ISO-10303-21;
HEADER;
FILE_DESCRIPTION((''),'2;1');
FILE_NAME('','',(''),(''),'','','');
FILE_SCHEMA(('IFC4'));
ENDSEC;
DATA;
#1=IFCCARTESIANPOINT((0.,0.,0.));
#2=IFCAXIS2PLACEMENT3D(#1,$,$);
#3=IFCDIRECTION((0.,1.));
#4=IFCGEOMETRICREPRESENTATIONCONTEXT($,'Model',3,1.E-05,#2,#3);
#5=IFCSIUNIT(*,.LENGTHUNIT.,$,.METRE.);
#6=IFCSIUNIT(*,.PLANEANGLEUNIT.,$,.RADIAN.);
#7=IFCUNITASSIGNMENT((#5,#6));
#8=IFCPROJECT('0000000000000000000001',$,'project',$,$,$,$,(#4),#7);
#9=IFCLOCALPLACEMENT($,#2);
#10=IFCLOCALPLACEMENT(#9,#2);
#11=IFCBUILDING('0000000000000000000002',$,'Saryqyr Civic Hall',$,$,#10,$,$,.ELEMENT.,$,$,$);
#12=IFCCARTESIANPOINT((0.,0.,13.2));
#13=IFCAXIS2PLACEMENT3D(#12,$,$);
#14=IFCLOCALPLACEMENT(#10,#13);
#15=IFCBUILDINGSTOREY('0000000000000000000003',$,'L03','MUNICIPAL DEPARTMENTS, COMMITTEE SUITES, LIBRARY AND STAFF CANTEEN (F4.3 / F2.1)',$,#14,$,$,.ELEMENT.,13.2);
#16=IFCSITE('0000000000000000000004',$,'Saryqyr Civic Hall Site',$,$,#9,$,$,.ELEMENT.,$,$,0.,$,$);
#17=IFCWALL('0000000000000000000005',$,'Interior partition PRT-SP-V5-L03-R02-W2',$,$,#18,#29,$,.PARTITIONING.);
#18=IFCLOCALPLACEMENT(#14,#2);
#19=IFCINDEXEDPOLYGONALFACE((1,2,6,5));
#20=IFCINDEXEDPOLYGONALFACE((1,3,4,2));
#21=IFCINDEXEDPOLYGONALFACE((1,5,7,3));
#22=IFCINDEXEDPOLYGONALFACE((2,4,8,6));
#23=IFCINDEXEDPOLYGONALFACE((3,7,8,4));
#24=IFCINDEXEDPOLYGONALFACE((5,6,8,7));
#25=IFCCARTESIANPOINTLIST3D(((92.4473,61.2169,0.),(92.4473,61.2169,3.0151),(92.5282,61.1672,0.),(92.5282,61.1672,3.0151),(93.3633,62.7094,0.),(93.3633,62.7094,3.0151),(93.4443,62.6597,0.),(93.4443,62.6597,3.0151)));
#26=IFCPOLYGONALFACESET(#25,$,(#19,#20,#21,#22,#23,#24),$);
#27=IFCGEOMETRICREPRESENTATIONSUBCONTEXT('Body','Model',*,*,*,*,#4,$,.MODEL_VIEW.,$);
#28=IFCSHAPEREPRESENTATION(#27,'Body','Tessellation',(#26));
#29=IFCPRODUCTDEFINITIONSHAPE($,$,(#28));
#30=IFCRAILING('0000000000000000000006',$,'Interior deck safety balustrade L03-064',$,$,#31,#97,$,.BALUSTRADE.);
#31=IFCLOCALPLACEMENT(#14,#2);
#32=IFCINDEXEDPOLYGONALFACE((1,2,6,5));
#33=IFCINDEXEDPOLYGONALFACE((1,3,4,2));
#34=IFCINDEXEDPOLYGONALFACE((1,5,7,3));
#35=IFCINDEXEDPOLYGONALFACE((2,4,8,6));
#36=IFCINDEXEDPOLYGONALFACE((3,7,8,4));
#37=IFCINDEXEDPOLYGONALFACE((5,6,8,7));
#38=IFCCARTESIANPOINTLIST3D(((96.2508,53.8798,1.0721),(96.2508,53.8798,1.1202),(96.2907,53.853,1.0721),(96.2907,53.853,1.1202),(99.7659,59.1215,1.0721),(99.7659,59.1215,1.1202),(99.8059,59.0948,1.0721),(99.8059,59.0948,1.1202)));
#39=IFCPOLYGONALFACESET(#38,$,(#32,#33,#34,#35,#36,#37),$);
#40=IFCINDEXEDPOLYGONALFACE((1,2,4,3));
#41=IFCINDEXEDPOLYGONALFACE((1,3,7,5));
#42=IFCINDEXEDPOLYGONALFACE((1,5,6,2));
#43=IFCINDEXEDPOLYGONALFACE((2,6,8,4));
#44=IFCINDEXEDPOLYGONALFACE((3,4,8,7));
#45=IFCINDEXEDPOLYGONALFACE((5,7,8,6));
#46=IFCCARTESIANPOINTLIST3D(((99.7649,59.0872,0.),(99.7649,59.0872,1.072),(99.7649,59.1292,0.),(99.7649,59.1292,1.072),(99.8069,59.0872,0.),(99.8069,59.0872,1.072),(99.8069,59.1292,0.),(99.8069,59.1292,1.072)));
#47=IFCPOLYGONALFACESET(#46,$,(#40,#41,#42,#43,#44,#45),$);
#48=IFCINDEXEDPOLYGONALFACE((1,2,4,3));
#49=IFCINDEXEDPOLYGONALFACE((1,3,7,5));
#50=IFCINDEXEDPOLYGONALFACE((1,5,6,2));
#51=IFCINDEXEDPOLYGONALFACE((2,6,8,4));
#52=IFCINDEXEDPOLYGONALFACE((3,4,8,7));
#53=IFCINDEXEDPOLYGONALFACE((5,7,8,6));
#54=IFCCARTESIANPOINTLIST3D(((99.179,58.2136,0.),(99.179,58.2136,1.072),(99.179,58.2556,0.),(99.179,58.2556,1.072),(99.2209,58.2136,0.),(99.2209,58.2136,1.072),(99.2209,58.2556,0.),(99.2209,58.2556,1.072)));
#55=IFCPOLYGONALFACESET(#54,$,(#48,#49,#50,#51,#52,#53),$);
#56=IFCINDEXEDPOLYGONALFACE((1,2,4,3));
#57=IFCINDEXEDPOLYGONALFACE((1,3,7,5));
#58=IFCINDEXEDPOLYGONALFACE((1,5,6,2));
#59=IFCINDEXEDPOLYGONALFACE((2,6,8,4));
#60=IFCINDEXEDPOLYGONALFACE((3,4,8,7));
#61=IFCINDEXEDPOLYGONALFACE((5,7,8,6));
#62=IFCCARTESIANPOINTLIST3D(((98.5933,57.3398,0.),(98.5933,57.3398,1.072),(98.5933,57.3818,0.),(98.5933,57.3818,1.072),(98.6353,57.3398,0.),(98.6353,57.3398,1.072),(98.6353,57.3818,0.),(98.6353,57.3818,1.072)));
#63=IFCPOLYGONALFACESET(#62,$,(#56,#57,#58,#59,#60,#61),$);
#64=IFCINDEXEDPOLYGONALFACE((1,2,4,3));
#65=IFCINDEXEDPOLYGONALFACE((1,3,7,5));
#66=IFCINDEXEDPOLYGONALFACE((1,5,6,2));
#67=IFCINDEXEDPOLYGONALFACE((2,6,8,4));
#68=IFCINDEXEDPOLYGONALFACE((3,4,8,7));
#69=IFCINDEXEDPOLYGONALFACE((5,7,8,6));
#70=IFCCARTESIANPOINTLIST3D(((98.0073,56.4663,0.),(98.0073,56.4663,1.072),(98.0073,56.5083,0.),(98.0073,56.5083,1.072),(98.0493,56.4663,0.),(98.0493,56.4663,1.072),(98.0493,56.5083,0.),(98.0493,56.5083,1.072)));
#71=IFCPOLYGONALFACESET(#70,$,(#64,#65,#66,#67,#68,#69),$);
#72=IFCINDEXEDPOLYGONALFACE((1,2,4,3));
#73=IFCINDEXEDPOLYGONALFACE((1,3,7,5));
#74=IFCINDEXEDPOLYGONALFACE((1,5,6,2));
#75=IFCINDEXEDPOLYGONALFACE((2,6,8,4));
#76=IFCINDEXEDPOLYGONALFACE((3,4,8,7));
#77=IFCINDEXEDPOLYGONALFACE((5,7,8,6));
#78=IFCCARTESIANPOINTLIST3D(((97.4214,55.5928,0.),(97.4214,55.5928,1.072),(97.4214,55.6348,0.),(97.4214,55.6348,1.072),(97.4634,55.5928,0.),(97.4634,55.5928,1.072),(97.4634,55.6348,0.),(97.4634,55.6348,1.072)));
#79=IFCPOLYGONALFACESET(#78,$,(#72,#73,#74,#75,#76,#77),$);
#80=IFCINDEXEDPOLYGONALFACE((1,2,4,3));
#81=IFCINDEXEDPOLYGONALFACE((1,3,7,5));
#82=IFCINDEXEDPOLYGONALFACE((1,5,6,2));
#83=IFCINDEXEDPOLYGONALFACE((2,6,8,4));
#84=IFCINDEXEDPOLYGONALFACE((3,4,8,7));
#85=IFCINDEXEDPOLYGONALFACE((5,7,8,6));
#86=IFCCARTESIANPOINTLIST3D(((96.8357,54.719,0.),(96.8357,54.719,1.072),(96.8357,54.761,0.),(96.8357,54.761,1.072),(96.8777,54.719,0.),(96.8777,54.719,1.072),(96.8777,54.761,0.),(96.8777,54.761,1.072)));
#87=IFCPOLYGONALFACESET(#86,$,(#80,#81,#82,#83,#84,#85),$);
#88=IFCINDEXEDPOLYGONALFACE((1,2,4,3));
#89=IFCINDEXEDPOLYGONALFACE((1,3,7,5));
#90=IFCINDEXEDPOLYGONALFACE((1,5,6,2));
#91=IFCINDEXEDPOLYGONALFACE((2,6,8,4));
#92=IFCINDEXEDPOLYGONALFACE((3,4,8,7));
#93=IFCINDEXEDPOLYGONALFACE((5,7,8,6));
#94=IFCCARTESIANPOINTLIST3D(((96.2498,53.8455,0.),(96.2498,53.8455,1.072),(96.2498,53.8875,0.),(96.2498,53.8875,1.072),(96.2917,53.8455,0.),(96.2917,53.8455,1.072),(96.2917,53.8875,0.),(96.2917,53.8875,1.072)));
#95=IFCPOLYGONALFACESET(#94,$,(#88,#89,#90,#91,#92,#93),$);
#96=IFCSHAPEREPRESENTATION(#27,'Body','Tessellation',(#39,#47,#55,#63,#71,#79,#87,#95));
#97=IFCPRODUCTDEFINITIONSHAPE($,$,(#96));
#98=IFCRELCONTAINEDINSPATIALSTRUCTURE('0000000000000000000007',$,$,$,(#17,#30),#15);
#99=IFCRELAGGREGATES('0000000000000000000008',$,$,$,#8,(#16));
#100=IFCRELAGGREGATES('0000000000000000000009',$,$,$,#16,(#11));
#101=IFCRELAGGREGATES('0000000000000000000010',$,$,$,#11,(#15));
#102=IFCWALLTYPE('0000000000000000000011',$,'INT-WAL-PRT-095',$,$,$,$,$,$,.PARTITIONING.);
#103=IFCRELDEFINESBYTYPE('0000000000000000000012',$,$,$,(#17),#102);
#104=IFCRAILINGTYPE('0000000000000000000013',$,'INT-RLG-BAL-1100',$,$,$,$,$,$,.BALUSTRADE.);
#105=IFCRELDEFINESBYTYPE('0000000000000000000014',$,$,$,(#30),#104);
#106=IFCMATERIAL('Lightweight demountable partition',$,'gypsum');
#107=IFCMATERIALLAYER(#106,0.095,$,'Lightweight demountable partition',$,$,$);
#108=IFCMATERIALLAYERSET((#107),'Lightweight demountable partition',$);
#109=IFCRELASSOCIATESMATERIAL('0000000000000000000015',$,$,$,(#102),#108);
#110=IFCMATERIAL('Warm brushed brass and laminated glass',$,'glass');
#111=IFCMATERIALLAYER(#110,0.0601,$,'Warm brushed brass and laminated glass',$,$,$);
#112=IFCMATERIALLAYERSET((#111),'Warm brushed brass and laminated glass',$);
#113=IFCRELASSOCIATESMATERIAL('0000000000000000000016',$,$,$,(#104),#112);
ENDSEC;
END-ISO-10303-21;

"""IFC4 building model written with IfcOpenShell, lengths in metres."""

from ifc_helpers import new_model, si_unit, direction, frame, frame_2d, origin, origin_2d, place, context, subcontext, project, spatial, rectangle, extrude, material, layer, layer_set, type_object, element, save


model = new_model("IFC4")

# Units and contexts
model_context = context("Model", 3, precision=1e-05, world=origin(), true_north=direction((0.0, 1.0)))
body_context = subcontext(model_context, "Body", "Model", "MODEL_VIEW")
ifc_project = project(units=[si_unit("LENGTHUNIT", "METRE"), si_unit("PLANEANGLEUNIT", "RADIAN")], contexts=[model_context])

# Site, building, storey
site_placement = place(None, origin())
site = spatial("IfcSite", under=ifc_project, at=site_placement, Name="Saryqyr Civic Hall Site", CompositionType="ELEMENT", RefElevation=0.0)
building_placement = place(site_placement, origin())
building = spatial("IfcBuilding", under=site, at=building_placement, Name="Saryqyr Civic Hall", CompositionType="ELEMENT")
storey_placement = place(building_placement, frame((0.0, 0.0, 13.2)))
storey = spatial("IfcBuildingStorey", under=building, at=storey_placement, Name="L03", Description="MUNICIPAL DEPARTMENTS, COMMITTEE SUITES, LIBRARY AND STAFF CANTEEN (F4.3 / F2.1)", CompositionType="ELEMENT", Elevation=13.2)

# Shared definitions
ifc_material_1 = material(Name="Lightweight demountable partition", Category="gypsum")
ifc_layer_1 = layer(ifc_material_1, 0.095, Name="Lightweight demountable partition")
ifc_layer_set_1 = layer_set([ifc_layer_1], Name="Lightweight demountable partition")
wall_type_1 = type_object("IfcWallType", Name="INT-WAL-PRT-095", PredefinedType="PARTITIONING", material=ifc_layer_set_1)

# Wall
wall_1_placement = place(storey_placement, frame((92.4878, 61.1921, 0.0), z_axis=(0.0, 0.0, 1.0), x_axis=(0.523101, 0.85227, 0.0)))
element("IfcWall", 1, at=wall_1_placement, inside=storey, type_object=wall_type_1, Name="Interior partition PRT-SP-V5-L03-R02-W2", PredefinedType="PARTITIONING", context=body_context, shape_type="SweptSolid", body=[
    extrude(rectangle(XDim=1.7512, YDim=0.095, at=frame_2d((0.8755, 0.0))), origin(), (0.0, 0.0, 1.0), 3.0151),
])

# Railing
ifc_material_2 = material(Name="Warm brushed brass and laminated glass", Category="glass")
ifc_layer_2 = layer(ifc_material_2, 0.0601, Name="Warm brushed brass and laminated glass")
ifc_layer_set_2 = layer_set([ifc_layer_2], Name="Warm brushed brass and laminated glass")
railing_type = type_object("IfcRailingType", Name="INT-RLG-BAL-1100", PredefinedType="BALUSTRADE", material=ifc_layer_set_2)
railing_placement = place(storey_placement, frame((99.7859, 59.1082, 0.0)))
element("IfcRailing", 2, at=railing_placement, inside=storey, type_object=railing_type, Name="Interior deck safety balustrade L03-064", PredefinedType="BALUSTRADE", context=body_context, shape_type="SweptSolid", body=[
    extrude(rectangle(XDim=0.0481, YDim=0.0481, at=origin_2d()), frame((0.0, 0.0, 1.0962), z_axis=(-0.556966, -0.830536, 0.0), x_axis=(0.830536, -0.556966, 0.0)), (0.0, 0.0, 1.0), 6.3113),
    extrude(rectangle(XDim=0.042, YDim=0.042, at=origin_2d()), origin(), (0.0, 0.0, 1.0), 1.072),
    extrude(rectangle(XDim=0.042, YDim=0.042, at=origin_2d()), frame((-0.5859, -0.8735, 0.0)), (0.0, 0.0, 1.0), 1.072),
    extrude(rectangle(XDim=0.042, YDim=0.042, at=origin_2d()), frame((-1.1716, -1.7473, 0.0)), (0.0, 0.0, 1.0), 1.072),
    extrude(rectangle(XDim=0.042, YDim=0.042, at=origin_2d()), frame((-1.7576, -2.6208, 0.0)), (0.0, 0.0, 1.0), 1.072),
    extrude(rectangle(XDim=0.042, YDim=0.042, at=origin_2d()), frame((-2.3435, -3.4944, 0.0)), (0.0, 0.0, 1.0), 1.072),
    extrude(rectangle(XDim=0.042, YDim=0.042, at=origin_2d()), frame((-2.9292, -4.3682, 0.0)), (0.0, 0.0, 1.0), 1.072),
    extrude(rectangle(XDim=0.042, YDim=0.042, at=origin_2d()), frame((-3.5151, -5.2417, 0.0)), (0.0, 0.0, 1.0), 1.072),
])

save(model, "model.ifc")
